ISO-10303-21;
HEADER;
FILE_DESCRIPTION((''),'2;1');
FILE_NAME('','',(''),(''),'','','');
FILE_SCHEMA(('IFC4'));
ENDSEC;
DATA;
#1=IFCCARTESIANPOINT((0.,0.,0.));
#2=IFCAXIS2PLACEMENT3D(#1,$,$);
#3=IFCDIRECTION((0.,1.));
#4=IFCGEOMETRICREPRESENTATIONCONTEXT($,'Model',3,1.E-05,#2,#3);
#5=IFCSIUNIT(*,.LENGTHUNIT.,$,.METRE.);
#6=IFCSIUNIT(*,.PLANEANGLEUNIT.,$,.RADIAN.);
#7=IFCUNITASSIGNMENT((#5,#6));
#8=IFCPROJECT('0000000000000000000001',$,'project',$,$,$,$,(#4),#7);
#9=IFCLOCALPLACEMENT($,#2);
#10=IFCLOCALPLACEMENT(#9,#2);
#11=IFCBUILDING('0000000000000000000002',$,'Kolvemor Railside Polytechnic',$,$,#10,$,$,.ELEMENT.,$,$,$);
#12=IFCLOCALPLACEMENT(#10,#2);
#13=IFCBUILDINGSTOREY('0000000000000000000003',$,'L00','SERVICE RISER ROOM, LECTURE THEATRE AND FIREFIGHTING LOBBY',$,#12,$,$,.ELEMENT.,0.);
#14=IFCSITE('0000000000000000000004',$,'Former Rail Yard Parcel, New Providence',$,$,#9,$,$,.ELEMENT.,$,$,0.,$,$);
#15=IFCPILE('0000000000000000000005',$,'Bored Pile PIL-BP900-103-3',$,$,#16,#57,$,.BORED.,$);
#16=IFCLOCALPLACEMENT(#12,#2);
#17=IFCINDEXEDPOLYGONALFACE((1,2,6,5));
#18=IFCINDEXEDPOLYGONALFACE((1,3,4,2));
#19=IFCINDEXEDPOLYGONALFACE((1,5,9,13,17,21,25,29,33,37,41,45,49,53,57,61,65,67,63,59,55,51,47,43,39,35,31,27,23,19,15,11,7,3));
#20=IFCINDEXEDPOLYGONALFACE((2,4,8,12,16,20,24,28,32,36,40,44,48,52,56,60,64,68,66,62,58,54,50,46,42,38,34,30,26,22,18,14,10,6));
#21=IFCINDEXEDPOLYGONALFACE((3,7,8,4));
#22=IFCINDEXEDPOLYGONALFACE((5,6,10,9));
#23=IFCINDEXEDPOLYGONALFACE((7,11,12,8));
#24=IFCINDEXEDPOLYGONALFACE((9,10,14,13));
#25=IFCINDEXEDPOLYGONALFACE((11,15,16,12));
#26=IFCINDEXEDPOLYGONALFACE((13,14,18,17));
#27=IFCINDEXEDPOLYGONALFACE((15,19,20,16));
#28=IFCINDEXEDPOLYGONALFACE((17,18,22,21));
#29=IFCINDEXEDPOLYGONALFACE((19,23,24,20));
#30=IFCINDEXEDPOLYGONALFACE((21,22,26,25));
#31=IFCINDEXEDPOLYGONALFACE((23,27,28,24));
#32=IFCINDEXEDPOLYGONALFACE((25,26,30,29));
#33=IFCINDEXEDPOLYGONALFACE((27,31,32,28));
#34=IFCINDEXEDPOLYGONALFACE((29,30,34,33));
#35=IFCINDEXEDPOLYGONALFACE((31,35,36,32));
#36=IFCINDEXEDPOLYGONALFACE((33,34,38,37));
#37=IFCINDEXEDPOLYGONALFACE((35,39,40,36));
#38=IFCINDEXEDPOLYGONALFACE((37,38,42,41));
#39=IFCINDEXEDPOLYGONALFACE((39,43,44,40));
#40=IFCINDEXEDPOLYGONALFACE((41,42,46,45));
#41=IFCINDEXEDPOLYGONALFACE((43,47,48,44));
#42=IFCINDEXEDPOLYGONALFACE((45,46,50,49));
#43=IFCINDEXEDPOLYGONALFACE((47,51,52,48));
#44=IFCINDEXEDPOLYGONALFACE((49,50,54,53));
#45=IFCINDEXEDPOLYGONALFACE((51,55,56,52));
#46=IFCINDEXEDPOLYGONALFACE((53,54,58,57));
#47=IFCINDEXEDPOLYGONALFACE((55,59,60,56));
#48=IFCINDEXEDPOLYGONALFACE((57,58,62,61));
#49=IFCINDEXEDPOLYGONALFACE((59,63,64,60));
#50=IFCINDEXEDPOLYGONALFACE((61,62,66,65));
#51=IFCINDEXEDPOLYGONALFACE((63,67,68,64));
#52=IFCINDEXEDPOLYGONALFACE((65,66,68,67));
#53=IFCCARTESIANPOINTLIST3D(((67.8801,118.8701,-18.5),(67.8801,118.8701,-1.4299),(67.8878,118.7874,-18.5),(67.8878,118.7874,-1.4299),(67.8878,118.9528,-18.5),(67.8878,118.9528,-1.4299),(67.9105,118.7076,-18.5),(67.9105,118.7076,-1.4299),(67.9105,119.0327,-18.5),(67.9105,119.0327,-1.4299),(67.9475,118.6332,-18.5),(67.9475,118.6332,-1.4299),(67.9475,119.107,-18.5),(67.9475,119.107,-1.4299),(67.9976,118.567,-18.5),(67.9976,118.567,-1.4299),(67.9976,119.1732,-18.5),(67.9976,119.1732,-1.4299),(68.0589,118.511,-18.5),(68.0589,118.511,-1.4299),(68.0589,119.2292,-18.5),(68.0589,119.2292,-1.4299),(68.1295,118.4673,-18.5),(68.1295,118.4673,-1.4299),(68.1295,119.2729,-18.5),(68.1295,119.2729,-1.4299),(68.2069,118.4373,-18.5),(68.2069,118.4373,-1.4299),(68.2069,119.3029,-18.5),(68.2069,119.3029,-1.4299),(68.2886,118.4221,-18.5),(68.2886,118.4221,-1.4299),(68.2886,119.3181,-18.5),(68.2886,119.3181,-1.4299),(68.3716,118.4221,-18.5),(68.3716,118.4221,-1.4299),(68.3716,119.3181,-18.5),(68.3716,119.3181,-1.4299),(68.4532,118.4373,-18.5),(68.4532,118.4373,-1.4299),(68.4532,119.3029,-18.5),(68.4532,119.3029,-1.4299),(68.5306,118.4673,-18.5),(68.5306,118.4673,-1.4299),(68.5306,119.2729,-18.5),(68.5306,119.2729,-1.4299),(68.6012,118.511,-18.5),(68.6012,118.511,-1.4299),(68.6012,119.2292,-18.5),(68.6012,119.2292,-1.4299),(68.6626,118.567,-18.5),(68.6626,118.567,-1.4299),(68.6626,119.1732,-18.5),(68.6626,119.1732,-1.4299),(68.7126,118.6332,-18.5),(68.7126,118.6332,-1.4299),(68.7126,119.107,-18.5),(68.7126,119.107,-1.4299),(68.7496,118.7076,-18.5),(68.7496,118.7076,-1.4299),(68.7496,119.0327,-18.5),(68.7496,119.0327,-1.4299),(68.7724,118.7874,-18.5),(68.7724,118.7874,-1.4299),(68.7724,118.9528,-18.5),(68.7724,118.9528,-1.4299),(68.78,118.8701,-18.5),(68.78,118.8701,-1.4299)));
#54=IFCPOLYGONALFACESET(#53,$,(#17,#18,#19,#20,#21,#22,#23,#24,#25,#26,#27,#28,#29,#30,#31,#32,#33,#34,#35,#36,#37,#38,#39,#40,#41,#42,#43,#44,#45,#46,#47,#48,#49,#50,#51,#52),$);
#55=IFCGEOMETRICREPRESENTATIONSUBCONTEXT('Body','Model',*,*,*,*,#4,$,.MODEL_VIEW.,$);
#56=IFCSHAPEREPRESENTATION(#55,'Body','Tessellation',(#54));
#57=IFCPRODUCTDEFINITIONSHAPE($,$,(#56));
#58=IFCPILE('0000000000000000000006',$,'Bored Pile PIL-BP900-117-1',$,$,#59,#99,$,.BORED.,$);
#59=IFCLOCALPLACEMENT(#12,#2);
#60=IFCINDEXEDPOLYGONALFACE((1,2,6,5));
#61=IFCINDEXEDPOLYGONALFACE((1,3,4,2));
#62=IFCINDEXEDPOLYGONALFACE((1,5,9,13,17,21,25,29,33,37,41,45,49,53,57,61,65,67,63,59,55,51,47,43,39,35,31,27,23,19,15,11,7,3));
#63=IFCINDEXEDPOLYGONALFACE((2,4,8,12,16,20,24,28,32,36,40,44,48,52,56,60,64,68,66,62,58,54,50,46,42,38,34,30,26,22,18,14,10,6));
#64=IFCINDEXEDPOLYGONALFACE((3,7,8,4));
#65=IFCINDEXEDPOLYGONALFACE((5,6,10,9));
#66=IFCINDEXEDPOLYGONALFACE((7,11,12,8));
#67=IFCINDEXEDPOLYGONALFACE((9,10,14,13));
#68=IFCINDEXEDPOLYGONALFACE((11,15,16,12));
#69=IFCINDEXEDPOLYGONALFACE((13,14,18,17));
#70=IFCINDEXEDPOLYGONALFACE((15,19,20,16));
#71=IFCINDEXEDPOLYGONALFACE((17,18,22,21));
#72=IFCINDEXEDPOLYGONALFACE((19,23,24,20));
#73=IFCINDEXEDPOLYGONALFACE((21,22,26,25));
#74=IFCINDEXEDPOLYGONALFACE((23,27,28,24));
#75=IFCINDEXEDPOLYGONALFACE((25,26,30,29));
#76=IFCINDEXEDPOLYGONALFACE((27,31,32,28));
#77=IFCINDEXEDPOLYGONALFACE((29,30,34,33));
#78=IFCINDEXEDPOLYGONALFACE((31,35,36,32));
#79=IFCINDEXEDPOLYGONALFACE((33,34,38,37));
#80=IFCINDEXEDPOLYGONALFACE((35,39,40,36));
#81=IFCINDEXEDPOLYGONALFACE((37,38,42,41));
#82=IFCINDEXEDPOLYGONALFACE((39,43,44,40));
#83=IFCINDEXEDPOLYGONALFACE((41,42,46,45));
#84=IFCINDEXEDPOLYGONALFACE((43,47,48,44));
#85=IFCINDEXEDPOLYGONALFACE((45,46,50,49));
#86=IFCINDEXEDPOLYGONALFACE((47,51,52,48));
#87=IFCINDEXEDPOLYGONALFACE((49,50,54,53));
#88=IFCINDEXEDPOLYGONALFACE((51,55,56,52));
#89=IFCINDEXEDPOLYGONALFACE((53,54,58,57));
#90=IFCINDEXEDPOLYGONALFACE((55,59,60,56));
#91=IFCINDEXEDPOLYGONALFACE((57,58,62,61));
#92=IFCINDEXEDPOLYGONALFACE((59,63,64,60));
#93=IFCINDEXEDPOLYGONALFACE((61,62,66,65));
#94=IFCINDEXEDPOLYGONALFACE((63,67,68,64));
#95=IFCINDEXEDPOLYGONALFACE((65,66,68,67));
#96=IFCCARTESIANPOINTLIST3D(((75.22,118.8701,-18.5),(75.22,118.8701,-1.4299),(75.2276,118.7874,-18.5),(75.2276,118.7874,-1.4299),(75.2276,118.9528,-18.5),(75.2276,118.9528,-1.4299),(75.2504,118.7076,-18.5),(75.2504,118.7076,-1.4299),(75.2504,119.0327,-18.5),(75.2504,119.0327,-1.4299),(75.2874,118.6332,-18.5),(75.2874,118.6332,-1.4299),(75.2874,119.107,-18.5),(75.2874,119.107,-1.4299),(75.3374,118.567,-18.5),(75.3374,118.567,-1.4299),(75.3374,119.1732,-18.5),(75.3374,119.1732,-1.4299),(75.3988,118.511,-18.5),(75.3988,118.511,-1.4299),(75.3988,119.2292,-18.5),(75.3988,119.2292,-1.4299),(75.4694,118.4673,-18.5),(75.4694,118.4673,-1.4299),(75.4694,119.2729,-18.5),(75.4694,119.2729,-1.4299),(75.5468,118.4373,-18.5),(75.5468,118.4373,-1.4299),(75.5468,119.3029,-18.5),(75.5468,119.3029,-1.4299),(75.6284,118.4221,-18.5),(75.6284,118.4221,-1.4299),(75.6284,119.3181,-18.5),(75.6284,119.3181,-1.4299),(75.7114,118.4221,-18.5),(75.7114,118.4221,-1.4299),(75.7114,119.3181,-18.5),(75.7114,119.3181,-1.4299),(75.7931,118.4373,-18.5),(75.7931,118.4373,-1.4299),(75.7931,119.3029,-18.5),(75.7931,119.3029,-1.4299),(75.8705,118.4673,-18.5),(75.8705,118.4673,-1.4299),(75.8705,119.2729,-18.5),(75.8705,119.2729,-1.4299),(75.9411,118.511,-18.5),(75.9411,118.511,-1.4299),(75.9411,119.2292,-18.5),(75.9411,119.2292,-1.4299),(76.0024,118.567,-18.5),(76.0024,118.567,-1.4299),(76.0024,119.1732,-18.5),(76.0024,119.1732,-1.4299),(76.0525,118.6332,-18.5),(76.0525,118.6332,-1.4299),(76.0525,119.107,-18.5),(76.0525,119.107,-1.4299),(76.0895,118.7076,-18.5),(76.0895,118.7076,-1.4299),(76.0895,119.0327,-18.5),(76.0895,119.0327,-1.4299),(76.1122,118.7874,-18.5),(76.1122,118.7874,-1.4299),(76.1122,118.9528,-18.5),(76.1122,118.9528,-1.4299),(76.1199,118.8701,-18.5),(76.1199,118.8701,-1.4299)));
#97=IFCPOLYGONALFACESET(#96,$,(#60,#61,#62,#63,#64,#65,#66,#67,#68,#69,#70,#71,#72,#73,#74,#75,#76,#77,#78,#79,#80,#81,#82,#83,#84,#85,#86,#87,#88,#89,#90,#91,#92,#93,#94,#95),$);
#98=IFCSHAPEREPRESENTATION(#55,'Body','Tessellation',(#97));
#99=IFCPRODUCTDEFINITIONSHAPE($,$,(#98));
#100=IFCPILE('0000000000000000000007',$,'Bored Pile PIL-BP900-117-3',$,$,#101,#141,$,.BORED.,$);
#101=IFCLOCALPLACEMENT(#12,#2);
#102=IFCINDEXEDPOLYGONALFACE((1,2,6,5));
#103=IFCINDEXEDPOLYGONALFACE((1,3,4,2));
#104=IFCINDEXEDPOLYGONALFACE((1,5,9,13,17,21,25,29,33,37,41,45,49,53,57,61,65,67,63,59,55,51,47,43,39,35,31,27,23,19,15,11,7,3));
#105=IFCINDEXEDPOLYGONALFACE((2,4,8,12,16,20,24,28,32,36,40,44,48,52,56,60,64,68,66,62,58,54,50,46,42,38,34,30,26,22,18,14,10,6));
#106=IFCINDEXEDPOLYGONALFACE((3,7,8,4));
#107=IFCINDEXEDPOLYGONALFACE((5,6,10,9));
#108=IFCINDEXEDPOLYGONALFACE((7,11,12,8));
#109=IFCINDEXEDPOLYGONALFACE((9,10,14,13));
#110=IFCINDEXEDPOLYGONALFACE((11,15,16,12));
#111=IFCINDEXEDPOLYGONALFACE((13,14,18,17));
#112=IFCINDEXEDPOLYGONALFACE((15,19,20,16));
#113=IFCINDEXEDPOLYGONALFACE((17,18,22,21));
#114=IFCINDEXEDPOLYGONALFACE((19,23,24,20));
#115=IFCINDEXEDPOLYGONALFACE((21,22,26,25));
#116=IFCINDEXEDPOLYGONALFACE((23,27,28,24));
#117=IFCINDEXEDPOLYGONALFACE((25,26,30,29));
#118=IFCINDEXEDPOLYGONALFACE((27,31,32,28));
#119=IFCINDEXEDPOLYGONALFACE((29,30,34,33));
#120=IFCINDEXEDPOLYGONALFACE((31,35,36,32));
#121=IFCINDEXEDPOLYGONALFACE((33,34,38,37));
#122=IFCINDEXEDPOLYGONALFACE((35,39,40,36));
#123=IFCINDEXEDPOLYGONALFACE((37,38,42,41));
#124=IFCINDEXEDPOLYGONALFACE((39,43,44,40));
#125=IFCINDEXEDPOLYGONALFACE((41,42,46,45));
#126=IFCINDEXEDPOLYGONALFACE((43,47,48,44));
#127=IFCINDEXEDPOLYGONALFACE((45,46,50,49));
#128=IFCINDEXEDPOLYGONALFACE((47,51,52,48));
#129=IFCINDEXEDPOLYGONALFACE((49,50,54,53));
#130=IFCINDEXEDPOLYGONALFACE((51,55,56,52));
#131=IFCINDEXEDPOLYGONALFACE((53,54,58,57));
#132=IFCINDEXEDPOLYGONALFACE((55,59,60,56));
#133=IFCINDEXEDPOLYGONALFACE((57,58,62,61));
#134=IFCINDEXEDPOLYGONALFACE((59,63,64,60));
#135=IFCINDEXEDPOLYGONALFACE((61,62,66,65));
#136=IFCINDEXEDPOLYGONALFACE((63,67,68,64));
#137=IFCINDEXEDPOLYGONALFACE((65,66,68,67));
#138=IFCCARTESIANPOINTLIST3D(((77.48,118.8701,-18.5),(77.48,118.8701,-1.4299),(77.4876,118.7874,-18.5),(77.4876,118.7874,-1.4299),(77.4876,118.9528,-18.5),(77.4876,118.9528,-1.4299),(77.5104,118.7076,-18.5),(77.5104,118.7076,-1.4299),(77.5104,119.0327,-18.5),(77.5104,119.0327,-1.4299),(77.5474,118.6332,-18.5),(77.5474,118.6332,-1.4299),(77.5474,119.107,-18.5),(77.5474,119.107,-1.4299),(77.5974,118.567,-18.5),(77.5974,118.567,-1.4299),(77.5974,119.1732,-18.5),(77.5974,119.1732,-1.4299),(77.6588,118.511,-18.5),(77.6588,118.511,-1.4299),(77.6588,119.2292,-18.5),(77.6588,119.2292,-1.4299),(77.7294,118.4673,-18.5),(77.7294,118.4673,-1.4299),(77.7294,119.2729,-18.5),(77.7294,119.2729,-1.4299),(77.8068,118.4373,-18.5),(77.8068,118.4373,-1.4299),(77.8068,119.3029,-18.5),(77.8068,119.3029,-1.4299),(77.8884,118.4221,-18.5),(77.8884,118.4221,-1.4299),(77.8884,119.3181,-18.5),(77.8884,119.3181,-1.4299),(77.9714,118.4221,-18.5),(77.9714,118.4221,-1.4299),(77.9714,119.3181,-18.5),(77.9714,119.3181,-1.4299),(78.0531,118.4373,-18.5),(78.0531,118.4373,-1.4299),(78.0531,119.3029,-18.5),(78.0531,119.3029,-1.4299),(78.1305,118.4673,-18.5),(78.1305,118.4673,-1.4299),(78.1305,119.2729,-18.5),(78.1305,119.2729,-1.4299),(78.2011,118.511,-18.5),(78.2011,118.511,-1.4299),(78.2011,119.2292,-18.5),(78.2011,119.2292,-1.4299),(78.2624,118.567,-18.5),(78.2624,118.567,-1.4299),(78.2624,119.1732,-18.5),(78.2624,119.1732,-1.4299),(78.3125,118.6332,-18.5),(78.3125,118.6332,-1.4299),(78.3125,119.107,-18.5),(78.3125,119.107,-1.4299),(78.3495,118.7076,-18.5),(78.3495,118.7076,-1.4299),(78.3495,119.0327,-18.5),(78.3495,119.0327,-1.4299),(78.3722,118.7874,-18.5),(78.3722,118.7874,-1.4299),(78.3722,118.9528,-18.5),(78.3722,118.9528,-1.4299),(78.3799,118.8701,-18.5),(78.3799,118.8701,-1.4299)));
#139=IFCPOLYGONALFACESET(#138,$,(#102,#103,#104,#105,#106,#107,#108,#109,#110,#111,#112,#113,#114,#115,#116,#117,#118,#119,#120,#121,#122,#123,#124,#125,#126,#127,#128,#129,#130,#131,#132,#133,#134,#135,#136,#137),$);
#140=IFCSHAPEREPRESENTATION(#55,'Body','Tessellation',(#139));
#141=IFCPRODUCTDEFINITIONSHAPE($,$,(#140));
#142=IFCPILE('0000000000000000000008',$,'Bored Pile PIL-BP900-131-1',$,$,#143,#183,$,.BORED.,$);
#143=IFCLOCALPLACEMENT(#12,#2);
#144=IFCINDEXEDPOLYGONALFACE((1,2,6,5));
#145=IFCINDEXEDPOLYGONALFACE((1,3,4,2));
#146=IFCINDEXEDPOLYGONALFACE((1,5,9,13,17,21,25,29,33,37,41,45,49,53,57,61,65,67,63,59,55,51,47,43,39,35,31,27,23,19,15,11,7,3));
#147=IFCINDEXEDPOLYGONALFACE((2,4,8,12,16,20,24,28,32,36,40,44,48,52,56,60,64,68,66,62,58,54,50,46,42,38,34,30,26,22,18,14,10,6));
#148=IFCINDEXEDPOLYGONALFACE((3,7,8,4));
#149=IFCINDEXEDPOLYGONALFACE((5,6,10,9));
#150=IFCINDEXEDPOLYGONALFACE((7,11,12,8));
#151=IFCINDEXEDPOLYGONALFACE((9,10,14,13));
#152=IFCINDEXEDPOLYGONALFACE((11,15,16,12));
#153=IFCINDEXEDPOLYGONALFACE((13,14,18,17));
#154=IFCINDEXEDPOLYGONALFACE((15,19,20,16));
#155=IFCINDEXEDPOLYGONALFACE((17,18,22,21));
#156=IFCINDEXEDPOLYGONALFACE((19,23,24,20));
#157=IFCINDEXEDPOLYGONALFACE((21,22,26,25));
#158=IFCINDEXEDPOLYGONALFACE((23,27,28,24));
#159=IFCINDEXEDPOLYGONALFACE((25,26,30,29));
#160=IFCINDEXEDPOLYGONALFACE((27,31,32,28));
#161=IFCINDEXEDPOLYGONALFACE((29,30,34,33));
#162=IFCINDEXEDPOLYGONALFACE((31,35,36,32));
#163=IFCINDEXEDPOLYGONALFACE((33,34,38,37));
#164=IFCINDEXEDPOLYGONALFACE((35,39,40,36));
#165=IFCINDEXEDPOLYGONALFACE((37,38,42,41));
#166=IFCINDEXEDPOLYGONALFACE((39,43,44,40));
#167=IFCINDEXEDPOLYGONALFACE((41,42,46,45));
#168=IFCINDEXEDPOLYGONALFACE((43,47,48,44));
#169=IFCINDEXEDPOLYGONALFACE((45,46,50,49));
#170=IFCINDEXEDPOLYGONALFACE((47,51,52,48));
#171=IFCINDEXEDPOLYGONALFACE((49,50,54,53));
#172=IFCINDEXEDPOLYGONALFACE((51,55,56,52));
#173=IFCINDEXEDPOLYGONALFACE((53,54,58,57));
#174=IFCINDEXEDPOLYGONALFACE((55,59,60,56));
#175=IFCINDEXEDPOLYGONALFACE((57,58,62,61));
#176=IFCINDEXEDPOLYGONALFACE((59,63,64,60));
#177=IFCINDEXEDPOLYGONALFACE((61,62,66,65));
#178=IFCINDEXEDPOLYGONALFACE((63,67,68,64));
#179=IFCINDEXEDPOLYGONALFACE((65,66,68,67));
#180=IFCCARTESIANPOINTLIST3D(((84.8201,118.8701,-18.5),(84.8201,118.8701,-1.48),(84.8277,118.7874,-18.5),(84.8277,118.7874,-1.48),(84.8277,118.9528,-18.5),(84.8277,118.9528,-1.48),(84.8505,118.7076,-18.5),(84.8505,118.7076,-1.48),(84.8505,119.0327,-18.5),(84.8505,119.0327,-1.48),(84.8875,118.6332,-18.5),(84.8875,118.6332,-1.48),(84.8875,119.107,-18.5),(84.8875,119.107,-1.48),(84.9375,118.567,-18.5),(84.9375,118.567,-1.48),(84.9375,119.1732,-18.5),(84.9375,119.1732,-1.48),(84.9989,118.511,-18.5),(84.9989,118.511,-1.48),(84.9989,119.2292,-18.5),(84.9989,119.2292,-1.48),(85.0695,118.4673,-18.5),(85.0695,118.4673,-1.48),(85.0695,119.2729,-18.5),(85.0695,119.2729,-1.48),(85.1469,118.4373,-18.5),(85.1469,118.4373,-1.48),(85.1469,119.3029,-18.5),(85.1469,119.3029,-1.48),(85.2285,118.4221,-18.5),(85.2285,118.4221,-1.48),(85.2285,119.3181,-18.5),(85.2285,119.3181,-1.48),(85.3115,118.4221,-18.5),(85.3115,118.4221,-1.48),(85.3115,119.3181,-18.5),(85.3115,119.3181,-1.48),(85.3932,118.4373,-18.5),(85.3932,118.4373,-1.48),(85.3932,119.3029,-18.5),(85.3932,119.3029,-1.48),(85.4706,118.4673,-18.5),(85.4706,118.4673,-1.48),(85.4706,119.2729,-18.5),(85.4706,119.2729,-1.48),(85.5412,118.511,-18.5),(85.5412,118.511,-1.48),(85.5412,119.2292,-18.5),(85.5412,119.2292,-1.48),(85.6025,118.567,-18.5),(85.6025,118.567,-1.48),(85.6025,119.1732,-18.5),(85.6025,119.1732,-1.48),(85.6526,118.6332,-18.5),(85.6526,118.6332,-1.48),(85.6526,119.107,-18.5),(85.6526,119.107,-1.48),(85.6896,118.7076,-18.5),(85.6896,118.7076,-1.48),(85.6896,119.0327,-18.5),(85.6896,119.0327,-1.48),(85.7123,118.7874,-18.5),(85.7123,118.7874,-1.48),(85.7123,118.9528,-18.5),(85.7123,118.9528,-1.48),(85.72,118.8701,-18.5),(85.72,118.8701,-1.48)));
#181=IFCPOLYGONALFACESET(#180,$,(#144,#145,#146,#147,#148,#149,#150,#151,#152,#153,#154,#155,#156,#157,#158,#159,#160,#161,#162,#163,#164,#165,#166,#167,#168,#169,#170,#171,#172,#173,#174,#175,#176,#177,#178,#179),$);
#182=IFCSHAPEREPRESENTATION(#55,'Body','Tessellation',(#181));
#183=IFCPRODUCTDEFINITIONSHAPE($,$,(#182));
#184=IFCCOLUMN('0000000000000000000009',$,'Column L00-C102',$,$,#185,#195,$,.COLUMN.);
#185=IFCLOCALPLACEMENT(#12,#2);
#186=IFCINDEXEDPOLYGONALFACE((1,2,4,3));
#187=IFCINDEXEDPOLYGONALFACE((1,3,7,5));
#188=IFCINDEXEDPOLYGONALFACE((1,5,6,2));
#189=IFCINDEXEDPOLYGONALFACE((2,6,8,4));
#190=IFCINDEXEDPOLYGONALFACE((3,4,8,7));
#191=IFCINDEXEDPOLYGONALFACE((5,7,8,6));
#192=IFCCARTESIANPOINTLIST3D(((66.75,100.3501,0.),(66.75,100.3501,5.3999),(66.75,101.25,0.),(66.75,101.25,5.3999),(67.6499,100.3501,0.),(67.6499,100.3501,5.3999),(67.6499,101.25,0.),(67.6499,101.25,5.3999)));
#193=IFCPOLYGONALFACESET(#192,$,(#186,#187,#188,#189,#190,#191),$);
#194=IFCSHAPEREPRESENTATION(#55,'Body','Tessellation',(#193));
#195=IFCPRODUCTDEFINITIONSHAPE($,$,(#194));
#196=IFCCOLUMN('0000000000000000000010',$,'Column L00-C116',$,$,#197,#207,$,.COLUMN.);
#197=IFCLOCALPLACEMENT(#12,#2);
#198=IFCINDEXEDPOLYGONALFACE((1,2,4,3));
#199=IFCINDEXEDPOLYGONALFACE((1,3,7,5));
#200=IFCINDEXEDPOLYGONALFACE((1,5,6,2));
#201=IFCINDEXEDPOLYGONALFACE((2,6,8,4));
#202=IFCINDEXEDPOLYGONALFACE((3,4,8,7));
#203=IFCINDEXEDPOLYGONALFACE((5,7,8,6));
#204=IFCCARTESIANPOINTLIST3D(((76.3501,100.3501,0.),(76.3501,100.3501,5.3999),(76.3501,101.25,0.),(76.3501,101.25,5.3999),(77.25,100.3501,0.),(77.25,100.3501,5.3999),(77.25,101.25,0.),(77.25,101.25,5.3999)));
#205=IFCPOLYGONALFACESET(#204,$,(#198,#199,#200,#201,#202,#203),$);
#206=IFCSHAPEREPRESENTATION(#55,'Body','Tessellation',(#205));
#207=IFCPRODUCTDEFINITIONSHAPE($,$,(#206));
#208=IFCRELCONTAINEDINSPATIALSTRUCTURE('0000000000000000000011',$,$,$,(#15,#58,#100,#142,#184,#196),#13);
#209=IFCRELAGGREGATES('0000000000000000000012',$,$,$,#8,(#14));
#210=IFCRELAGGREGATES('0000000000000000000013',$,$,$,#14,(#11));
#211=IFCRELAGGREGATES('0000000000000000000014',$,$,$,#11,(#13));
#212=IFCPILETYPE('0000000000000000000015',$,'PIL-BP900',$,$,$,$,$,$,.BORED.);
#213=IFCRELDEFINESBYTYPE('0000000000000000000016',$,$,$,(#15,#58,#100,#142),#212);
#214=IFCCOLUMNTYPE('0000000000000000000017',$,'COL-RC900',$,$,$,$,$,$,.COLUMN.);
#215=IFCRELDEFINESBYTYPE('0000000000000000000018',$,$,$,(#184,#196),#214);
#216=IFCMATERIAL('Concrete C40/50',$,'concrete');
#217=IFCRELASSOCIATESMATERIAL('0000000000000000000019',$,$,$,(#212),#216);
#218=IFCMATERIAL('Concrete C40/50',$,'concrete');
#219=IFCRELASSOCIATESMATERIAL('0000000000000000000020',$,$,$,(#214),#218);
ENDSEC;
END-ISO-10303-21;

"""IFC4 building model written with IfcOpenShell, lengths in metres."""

from ifc_helpers import new_model, si_unit, direction, frame, origin, origin_2d, place, context, subcontext, project, spatial, rectangle, circle, extrude, material, material_profile, profile_set, type_object, element, save


model = new_model("IFC4")

# Units and contexts
model_context = context("Model", 3, precision=1e-05, world=origin(), true_north=direction((0.0, 1.0)))
body_context = subcontext(model_context, "Body", "Model", "MODEL_VIEW")
ifc_project = project(units=[si_unit("LENGTHUNIT", "METRE"), si_unit("PLANEANGLEUNIT", "RADIAN")], contexts=[model_context])

# Site, building, storey
site_placement = place(None, origin())
site = spatial("IfcSite", under=ifc_project, at=site_placement, Name="Former Rail Yard Parcel, New Providence", CompositionType="ELEMENT", RefElevation=0.0)
building_placement = place(site_placement, origin())
building = spatial("IfcBuilding", under=site, at=building_placement, Name="Kolvemor Railside Polytechnic", CompositionType="ELEMENT")
storey_placement = place(building_placement, origin())
storey = spatial("IfcBuildingStorey", under=building, at=storey_placement, Name="L00", Description="SERVICE RISER ROOM, LECTURE THEATRE AND FIREFIGHTING LOBBY", CompositionType="ELEMENT", Elevation=0.0)

# Piles
ifc_material_1 = material(Name="Concrete C40/50", Category="concrete")
ifc_material_profile_1 = material_profile(ifc_material_1, circle(Radius=0.45, at=origin_2d()), Name="BP900")
ifc_profile_set_1 = profile_set([ifc_material_profile_1], Name="Concrete C40/50")
pile_type_1 = type_object("IfcPileType", Name="PIL-BP900", PredefinedType="BORED", material=ifc_profile_set_1)
for number, where, z_axis, x_axis, name in (
    (1, (68.3301, 118.8701, -1.4299), (0.0, 0.0, -1.0), (1.0, 0.0, 0.0), "Bored Pile PIL-BP900-103-3"),
    (2, (75.6699, 118.8701, -1.4299), (0.0, 0.0, -1.0), (1.0, 0.0, 0.0), "Bored Pile PIL-BP900-117-1"),
    (3, (77.9299, 118.8701, -1.4299), (0.0, 0.0, -1.0), (1.0, 0.0, 0.0), "Bored Pile PIL-BP900-117-3"),
):
    element("IfcPile", number, at=place(storey_placement, frame(where, z_axis=z_axis, x_axis=x_axis)), inside=storey, type_object=pile_type_1, Name=name, PredefinedType="BORED", context=body_context, shape_type="SweptSolid", body=[
        extrude(circle(Radius=0.45, at=origin_2d()), origin(), (0.0, 0.0, 1.0), 17.0701),
    ])
pile_1_placement = place(storey_placement, frame((85.27, 118.8701, -1.48), z_axis=(0.0, 0.0, -1.0), x_axis=(1.0, 0.0, 0.0)))
element("IfcPile", 4, at=pile_1_placement, inside=storey, type_object=pile_type_1, Name="Bored Pile PIL-BP900-131-1", PredefinedType="BORED", context=body_context, shape_type="SweptSolid", body=[
    extrude(circle(Radius=0.45, at=origin_2d()), origin(), (0.0, 0.0, 1.0), 17.02),
])

# Columns
ifc_material_2 = material(Name="Concrete C40/50", Category="concrete")
ifc_material_profile_2 = material_profile(ifc_material_2, rectangle(XDim=0.8999, YDim=0.8999, at=origin_2d()), Name="RC900x900")
ifc_profile_set_2 = profile_set([ifc_material_profile_2], Name="Concrete C40/50")
column_type = type_object("IfcColumnType", Name="COL-RC900", PredefinedType="COLUMN", material=ifc_profile_set_2)
for number, where, z_axis, x_axis, name in (
    (5, (67.2, 100.8, 0.0), (0.0, 0.0, 1.0), (1.0, 0.0, 0.0), "Column L00-C102"),
    (6, (76.8, 100.8, 0.0), (0.0, 0.0, 1.0), (1.0, 0.0, 0.0), "Column L00-C116"),
):
    element("IfcColumn", number, at=place(storey_placement, frame(where, z_axis=z_axis, x_axis=x_axis)), inside=storey, type_object=column_type, Name=name, PredefinedType="COLUMN", context=body_context, shape_type="SweptSolid", body=[
        extrude(rectangle(XDim=0.8999, YDim=0.8999, at=origin_2d()), origin(), (0.0, 0.0, 1.0), 5.3999),
    ])

save(model, "model.ifc")
